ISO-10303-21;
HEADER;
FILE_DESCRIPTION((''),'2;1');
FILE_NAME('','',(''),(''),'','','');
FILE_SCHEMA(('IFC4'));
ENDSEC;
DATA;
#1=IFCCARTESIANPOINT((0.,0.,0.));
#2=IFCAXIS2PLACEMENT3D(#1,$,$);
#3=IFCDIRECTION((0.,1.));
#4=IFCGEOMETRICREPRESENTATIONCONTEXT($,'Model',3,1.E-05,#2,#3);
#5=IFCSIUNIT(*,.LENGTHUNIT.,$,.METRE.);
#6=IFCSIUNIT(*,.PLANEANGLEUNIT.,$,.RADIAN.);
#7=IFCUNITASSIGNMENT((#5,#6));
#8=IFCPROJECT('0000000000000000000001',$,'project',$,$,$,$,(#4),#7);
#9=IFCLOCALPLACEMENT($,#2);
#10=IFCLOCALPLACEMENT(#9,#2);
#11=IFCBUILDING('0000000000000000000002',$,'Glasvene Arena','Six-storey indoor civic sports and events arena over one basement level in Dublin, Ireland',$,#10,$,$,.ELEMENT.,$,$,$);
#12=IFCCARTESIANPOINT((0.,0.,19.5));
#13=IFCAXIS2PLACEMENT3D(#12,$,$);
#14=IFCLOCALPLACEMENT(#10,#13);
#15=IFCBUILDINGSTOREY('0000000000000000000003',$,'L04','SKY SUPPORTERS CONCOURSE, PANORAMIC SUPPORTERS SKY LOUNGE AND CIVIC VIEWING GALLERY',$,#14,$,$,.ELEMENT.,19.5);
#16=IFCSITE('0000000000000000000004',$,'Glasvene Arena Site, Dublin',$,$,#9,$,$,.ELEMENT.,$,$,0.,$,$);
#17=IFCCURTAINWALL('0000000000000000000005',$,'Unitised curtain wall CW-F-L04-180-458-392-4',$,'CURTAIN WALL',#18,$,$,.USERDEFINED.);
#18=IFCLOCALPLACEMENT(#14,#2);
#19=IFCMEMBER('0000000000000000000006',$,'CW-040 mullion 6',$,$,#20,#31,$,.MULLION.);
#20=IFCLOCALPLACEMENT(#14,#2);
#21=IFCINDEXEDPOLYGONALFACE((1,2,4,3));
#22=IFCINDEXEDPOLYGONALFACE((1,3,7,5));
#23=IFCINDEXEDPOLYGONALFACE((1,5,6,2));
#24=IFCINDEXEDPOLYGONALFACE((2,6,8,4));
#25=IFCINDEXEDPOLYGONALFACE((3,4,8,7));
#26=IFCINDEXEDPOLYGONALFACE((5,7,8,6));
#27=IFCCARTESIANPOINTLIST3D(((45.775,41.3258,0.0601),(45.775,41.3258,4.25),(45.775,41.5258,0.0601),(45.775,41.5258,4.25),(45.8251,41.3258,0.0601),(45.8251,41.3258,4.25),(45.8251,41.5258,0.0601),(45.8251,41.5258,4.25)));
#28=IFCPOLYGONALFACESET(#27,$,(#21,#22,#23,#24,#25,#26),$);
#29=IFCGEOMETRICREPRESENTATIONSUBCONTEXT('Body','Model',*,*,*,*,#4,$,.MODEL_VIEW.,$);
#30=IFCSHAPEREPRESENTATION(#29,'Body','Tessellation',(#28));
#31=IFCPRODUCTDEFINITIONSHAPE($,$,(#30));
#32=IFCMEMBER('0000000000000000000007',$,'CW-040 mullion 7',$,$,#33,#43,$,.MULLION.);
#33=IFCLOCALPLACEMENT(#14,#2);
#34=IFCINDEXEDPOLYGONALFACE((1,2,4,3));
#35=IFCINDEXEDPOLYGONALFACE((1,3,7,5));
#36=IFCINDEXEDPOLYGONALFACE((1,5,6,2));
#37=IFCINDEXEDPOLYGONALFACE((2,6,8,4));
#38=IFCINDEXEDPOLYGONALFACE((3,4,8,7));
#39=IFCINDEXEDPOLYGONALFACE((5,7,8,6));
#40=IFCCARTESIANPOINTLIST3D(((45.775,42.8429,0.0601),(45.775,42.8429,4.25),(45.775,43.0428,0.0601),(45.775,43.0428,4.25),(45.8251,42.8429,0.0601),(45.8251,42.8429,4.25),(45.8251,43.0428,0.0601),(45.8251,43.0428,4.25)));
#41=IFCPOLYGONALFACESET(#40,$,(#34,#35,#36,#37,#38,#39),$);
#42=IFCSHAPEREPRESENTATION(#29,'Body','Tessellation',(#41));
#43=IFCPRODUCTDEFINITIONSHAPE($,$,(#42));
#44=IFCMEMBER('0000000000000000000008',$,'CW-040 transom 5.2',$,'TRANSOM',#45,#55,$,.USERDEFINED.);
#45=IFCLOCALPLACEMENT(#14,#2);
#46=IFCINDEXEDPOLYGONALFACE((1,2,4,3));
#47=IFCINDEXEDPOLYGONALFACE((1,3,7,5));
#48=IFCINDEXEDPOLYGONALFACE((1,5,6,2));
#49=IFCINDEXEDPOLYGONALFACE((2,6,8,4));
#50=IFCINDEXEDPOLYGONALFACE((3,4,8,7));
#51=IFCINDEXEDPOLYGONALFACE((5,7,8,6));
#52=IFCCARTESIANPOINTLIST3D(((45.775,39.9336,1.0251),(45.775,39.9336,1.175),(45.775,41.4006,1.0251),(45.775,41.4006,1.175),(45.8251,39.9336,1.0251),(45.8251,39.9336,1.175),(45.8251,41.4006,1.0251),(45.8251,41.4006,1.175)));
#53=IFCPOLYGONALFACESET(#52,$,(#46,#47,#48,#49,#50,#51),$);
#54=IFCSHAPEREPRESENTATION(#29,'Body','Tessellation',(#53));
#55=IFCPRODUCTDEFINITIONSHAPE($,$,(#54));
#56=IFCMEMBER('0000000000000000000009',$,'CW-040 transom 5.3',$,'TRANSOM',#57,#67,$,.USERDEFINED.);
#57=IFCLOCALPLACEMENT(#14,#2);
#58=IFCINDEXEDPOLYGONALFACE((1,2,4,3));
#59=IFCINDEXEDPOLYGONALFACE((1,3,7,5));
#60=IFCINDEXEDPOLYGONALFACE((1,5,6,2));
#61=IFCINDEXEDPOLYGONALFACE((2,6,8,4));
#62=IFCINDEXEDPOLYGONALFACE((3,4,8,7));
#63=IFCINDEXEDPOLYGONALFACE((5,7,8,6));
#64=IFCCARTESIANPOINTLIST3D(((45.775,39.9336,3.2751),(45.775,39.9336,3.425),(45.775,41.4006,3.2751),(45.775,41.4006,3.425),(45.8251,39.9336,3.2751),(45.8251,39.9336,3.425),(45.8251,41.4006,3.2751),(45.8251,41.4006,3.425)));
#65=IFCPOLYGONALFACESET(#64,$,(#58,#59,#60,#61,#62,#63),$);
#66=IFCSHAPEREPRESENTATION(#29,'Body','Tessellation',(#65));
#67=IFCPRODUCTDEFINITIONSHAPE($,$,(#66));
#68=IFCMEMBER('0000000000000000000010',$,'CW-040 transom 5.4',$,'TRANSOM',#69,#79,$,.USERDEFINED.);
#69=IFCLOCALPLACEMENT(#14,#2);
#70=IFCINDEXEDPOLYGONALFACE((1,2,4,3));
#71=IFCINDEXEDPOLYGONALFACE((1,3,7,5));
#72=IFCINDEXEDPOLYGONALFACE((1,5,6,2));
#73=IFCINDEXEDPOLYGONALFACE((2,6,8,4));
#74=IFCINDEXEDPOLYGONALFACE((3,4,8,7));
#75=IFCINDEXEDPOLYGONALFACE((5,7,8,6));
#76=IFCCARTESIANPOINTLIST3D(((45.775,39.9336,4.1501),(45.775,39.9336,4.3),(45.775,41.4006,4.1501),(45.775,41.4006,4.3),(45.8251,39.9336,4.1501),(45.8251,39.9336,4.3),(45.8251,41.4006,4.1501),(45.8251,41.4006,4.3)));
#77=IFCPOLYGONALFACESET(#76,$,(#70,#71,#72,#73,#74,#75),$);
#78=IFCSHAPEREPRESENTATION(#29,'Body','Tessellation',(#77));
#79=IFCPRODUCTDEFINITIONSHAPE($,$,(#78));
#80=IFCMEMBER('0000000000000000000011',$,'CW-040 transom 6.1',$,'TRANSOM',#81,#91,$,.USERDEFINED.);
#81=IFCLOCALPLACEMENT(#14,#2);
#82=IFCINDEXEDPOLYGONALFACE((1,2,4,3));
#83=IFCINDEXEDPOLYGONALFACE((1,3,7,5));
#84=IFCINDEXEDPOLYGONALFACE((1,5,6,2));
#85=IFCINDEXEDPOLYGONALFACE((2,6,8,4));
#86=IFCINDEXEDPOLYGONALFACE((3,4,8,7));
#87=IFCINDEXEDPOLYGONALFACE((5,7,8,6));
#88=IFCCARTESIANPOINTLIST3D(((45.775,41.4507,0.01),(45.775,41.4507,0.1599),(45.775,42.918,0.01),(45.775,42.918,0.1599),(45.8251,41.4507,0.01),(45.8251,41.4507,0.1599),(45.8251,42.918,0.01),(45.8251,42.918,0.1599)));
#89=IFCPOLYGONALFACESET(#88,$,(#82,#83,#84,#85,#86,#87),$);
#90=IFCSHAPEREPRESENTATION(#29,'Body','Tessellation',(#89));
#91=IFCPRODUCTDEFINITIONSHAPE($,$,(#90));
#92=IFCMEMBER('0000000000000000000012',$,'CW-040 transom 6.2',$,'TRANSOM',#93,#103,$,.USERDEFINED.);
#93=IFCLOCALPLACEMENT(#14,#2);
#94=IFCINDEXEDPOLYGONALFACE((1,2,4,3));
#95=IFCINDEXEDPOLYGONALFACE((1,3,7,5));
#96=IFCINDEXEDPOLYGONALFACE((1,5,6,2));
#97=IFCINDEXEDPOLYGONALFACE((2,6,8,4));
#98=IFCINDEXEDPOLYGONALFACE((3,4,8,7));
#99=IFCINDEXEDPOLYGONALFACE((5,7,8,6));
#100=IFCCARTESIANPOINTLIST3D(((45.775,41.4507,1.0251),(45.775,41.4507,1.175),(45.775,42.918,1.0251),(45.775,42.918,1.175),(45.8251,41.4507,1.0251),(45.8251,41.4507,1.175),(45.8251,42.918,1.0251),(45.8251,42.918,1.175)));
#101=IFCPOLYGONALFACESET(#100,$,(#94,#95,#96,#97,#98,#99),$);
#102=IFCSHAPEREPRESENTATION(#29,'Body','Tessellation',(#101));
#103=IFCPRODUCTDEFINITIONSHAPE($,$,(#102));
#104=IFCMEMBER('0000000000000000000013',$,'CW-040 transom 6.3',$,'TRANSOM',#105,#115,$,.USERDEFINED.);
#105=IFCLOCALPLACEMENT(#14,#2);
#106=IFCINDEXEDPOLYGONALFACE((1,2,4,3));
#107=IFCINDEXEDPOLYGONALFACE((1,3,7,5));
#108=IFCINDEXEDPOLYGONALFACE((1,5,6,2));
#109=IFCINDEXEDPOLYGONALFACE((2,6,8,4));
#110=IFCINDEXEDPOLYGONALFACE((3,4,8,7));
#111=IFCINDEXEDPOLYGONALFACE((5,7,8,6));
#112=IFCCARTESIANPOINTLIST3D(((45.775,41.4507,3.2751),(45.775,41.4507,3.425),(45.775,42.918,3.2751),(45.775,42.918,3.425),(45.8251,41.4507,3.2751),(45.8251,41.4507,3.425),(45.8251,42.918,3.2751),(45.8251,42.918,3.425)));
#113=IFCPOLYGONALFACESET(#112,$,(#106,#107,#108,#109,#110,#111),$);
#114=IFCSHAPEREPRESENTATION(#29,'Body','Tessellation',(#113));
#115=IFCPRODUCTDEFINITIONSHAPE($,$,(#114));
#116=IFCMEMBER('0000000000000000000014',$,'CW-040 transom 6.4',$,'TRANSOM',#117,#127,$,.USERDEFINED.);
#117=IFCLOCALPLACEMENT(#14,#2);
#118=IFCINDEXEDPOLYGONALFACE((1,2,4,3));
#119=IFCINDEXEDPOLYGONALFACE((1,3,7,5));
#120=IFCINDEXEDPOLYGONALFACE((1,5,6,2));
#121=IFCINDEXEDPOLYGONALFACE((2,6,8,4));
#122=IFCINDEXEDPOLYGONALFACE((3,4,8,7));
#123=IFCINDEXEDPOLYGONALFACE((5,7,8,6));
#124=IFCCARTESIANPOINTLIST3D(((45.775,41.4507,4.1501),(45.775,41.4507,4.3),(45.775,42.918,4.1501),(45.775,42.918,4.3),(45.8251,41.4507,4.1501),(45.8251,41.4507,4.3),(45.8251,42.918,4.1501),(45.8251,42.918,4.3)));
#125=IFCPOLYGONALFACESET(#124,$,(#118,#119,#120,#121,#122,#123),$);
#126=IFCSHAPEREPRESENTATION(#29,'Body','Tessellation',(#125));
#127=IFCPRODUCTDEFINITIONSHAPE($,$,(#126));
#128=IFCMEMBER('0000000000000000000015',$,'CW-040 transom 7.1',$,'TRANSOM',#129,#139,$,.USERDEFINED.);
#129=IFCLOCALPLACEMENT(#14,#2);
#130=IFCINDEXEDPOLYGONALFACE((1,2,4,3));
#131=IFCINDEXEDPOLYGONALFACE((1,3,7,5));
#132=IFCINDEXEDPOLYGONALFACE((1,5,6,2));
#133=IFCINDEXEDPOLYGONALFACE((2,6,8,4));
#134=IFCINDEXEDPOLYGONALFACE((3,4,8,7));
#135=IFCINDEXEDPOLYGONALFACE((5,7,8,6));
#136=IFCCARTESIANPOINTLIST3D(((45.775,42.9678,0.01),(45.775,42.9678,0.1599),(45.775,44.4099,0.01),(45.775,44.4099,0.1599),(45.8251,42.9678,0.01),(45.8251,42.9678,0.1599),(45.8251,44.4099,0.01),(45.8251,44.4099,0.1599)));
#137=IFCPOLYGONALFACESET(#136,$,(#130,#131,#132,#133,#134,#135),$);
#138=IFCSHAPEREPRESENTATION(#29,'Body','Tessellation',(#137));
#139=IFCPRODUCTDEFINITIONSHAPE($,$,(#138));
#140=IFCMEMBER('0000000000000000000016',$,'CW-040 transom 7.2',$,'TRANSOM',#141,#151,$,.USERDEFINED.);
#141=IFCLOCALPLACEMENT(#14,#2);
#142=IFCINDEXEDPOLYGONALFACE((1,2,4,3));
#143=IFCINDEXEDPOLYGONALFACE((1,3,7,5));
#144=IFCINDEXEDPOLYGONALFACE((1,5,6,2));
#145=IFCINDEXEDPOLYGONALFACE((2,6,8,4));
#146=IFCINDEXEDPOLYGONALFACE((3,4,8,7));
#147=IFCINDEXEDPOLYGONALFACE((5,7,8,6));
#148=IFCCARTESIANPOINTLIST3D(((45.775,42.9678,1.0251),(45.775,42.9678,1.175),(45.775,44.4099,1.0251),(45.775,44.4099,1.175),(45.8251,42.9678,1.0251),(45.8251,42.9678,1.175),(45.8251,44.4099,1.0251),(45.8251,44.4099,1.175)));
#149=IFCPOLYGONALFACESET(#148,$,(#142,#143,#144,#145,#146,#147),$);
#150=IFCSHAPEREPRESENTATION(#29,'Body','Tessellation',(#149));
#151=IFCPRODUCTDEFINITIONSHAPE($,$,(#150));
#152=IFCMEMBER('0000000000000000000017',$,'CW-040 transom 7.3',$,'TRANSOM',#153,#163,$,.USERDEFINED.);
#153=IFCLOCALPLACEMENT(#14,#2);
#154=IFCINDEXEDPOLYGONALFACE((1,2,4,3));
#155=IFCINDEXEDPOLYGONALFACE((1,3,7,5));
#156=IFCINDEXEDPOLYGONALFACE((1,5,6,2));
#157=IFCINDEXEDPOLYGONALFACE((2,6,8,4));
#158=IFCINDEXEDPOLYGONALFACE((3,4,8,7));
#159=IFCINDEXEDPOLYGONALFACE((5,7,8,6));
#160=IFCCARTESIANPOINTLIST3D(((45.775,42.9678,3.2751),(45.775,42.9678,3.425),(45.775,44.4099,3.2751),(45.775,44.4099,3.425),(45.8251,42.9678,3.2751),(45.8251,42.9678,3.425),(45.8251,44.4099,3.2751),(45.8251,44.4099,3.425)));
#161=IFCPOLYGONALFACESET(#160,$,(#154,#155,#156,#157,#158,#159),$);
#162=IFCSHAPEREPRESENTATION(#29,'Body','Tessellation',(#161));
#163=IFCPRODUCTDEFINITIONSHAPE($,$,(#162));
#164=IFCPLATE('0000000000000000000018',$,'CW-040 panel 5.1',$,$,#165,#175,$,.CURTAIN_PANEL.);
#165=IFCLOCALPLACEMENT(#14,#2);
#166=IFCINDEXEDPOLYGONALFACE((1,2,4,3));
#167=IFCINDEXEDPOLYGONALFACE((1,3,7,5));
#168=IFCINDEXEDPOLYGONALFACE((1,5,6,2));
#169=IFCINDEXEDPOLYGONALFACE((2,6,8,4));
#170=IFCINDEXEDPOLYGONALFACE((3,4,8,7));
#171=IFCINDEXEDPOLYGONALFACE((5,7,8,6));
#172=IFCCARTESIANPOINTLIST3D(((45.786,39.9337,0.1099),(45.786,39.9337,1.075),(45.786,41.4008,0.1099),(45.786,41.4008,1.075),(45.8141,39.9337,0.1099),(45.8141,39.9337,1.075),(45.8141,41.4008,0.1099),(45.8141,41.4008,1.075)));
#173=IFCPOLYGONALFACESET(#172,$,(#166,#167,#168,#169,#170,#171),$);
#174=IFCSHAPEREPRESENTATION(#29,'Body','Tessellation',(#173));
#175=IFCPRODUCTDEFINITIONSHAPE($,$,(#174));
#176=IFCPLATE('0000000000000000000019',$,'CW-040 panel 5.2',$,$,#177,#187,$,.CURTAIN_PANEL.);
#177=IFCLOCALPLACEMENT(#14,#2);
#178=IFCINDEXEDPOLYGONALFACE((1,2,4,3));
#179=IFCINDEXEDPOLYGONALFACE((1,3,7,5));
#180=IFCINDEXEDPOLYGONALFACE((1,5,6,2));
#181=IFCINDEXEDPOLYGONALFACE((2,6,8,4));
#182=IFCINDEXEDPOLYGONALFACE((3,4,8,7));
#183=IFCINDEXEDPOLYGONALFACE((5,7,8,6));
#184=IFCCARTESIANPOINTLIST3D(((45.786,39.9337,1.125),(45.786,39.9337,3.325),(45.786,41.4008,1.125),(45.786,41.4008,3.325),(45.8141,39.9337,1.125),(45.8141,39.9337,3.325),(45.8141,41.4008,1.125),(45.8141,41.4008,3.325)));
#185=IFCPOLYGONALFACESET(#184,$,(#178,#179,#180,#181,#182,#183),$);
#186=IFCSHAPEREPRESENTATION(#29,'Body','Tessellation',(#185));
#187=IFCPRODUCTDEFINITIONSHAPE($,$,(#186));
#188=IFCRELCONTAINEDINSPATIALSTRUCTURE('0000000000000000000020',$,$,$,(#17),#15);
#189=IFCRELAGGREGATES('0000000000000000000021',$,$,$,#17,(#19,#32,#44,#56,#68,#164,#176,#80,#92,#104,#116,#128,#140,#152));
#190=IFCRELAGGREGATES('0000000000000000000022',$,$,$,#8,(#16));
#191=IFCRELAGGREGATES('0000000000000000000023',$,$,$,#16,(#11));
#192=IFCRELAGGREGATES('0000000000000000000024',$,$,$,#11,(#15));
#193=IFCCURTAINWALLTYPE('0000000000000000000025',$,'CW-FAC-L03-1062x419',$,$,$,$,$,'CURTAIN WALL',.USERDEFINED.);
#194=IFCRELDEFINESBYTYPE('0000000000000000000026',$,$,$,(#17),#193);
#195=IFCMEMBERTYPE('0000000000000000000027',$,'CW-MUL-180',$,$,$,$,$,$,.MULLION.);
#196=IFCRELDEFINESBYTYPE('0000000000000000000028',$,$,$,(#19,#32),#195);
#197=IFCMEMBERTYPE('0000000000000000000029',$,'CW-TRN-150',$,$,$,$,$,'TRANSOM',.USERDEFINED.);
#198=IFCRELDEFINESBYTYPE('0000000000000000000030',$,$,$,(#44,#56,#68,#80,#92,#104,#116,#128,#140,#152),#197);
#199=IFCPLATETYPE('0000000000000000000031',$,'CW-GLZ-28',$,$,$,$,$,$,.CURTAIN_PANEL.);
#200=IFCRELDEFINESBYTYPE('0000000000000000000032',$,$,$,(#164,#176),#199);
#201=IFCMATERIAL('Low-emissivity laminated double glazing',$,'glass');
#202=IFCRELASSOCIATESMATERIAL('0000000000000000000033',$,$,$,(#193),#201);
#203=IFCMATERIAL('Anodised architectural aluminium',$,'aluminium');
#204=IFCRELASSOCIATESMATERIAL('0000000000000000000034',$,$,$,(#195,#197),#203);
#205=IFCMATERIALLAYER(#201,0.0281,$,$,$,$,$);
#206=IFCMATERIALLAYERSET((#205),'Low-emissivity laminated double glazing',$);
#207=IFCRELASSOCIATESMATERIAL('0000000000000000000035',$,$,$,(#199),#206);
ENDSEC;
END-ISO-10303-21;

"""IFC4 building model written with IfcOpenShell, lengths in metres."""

from ifc_helpers import new_model, si_unit, direction, frame, origin, origin_2d, place, context, subcontext, project, spatial, rectangle, extrude, material, layer, layer_set, material_profile, profile_set, type_object, element, aggregate, save


model = new_model("IFC4")

# Units and contexts
model_context = context("Model", 3, precision=1e-05, world=origin(), true_north=direction((0.0, 1.0)))
body_context = subcontext(model_context, "Body", "Model", "MODEL_VIEW")
ifc_project = project(units=[si_unit("LENGTHUNIT", "METRE"), si_unit("PLANEANGLEUNIT", "RADIAN")], contexts=[model_context])

# Site, building, storey
site_placement = place(None, origin())
site = spatial("IfcSite", under=ifc_project, at=site_placement, Name="Glasvene Arena Site, Dublin", CompositionType="ELEMENT", RefElevation=0.0)
building_placement = place(site_placement, origin())
building = spatial("IfcBuilding", under=site, at=building_placement, Name="Glasvene Arena", Description="Six-storey indoor civic sports and events arena over one basement level in Dublin, Ireland", CompositionType="ELEMENT")
storey_placement = place(building_placement, frame((0.0, 0.0, 19.5)))
storey = spatial("IfcBuildingStorey", under=building, at=storey_placement, Name="L04", Description="SKY SUPPORTERS CONCOURSE, PANORAMIC SUPPORTERS SKY LOUNGE AND CIVIC VIEWING GALLERY", CompositionType="ELEMENT", Elevation=19.5)

# Curtain wall, members, plates
ifc_material_1 = material(Name="Low-emissivity laminated double glazing", Category="glass")
curtain_wall_type = type_object("IfcCurtainWallType", Name="CW-FAC-L03-1062x419", ElementType="CURTAIN WALL", PredefinedType="USERDEFINED", material=ifc_material_1)
curtain_wall_placement = place(storey_placement, frame((45.8, 33.8401, 0.0)))
curtain_wall = element("IfcCurtainWall", 1, at=curtain_wall_placement, inside=storey, type_object=curtain_wall_type, Name="Unitised curtain wall CW-F-L04-180-458-392-4", ObjectType="CURTAIN WALL", PredefinedType="USERDEFINED")
ifc_material_2 = material(Name="Anodised architectural aluminium", Category="aluminium")
ifc_material_profile_1 = material_profile(ifc_material_2, rectangle(XDim=0.05, YDim=0.2, at=origin_2d()), Name="ALU MULLION 50x200")
ifc_profile_set_1 = profile_set([ifc_material_profile_1], Name="Anodised architectural aluminium")
member_type_1 = type_object("IfcMemberType", Name="CW-MUL-180", PredefinedType="MULLION", material=ifc_profile_set_1)
member_1_placement = place(storey_placement, frame((45.8, 41.4258, 0.0601), z_axis=(0.0, 0.0, 1.0), x_axis=(-1.0, 0.0, 0.0)))
member_1 = element("IfcMember", 2, at=member_1_placement, type_object=member_type_1, Name="CW-040 mullion 6", PredefinedType="MULLION", context=body_context, shape_type="SweptSolid", body=[
    extrude(rectangle(XDim=0.05, YDim=0.2, at=origin_2d()), origin(), (0.0, 0.0, 1.0), 4.1899),
])
member_2_placement = place(storey_placement, frame((45.8, 42.9429, 0.0601), z_axis=(0.0, 0.0, 1.0), x_axis=(-1.0, 0.0, 0.0)))
member_2 = element("IfcMember", 3, at=member_2_placement, type_object=member_type_1, Name="CW-040 mullion 7", PredefinedType="MULLION", context=body_context, shape_type="SweptSolid", body=[
    extrude(rectangle(XDim=0.05, YDim=0.2, at=origin_2d()), origin(), (0.0, 0.0, 1.0), 4.1899),
])
ifc_material_profile_2 = material_profile(ifc_material_2, rectangle(XDim=0.05, YDim=0.1499, at=origin_2d()), Name="ALU TRANSOM 50x150")
ifc_profile_set_2 = profile_set([ifc_material_profile_2], Name="Anodised architectural aluminium")
member_type_2 = type_object("IfcMemberType", Name="CW-TRN-150", ElementType="TRANSOM", PredefinedType="USERDEFINED", material=ifc_profile_set_2)
member_3_placement = place(storey_placement, frame((45.8, 39.9336, 1.1001), z_axis=(0.0, 1.0, 0.0), x_axis=(-1.0, 0.0, 0.0)))
member_3 = element("IfcMember", 4, at=member_3_placement, type_object=member_type_2, Name="CW-040 transom 5.2", ObjectType="TRANSOM", PredefinedType="USERDEFINED", context=body_context, shape_type="SweptSolid", body=[
    extrude(rectangle(XDim=0.05, YDim=0.1499, at=origin_2d()), origin(), (0.0, 0.0, 1.0), 1.467),
])
member_4_placement = place(storey_placement, frame((45.8, 39.9336, 3.3501), z_axis=(0.0, 1.0, 0.0), x_axis=(-1.0, 0.0, 0.0)))
member_4 = element("IfcMember", 5, at=member_4_placement, type_object=member_type_2, Name="CW-040 transom 5.3", ObjectType="TRANSOM", PredefinedType="USERDEFINED", context=body_context, shape_type="SweptSolid", body=[
    extrude(rectangle(XDim=0.05, YDim=0.1499, at=origin_2d()), origin(), (0.0, 0.0, 1.0), 1.467),
])
member_5_placement = place(storey_placement, frame((45.8, 39.9336, 4.2251), z_axis=(0.0, 1.0, 0.0), x_axis=(-1.0, 0.0, 0.0)))
member_5 = element("IfcMember", 6, at=member_5_placement, type_object=member_type_2, Name="CW-040 transom 5.4", ObjectType="TRANSOM", PredefinedType="USERDEFINED", context=body_context, shape_type="SweptSolid", body=[
    extrude(rectangle(XDim=0.05, YDim=0.1499, at=origin_2d()), origin(), (0.0, 0.0, 1.0), 1.467),
])
member_6_placement = place(storey_placement, frame((45.8, 41.4507, 0.085), z_axis=(0.0, 1.0, 0.0), x_axis=(-1.0, 0.0, 0.0)))
member_6 = element("IfcMember", 7, at=member_6_placement, type_object=member_type_2, Name="CW-040 transom 6.1", ObjectType="TRANSOM", PredefinedType="USERDEFINED", context=body_context, shape_type="SweptSolid", body=[
    extrude(rectangle(XDim=0.05, YDim=0.1499, at=origin_2d()), origin(), (0.0, 0.0, 1.0), 1.4673),
])
member_7_placement = place(storey_placement, frame((45.8, 41.4507, 1.1001), z_axis=(0.0, 1.0, 0.0), x_axis=(-1.0, 0.0, 0.0)))
member_7 = element("IfcMember", 8, at=member_7_placement, type_object=member_type_2, Name="CW-040 transom 6.2", ObjectType="TRANSOM", PredefinedType="USERDEFINED", context=body_context, shape_type="SweptSolid", body=[
    extrude(rectangle(XDim=0.05, YDim=0.1499, at=origin_2d()), origin(), (0.0, 0.0, 1.0), 1.4673),
])
member_8_placement = place(storey_placement, frame((45.8, 41.4507, 3.3501), z_axis=(0.0, 1.0, 0.0), x_axis=(-1.0, 0.0, 0.0)))
member_8 = element("IfcMember", 9, at=member_8_placement, type_object=member_type_2, Name="CW-040 transom 6.3", ObjectType="TRANSOM", PredefinedType="USERDEFINED", context=body_context, shape_type="SweptSolid", body=[
    extrude(rectangle(XDim=0.05, YDim=0.1499, at=origin_2d()), origin(), (0.0, 0.0, 1.0), 1.4673),
])
member_9_placement = place(storey_placement, frame((45.8, 41.4507, 4.2251), z_axis=(0.0, 1.0, 0.0), x_axis=(-1.0, 0.0, 0.0)))
member_9 = element("IfcMember", 10, at=member_9_placement, type_object=member_type_2, Name="CW-040 transom 6.4", ObjectType="TRANSOM", PredefinedType="USERDEFINED", context=body_context, shape_type="SweptSolid", body=[
    extrude(rectangle(XDim=0.05, YDim=0.1499, at=origin_2d()), origin(), (0.0, 0.0, 1.0), 1.4673),
])
member_10_placement = place(storey_placement, frame((45.8, 42.9678, 0.085), z_axis=(0.0, 1.0, 0.0), x_axis=(-1.0, 0.0, 0.0)))
member_10 = element("IfcMember", 11, at=member_10_placement, type_object=member_type_2, Name="CW-040 transom 7.1", ObjectType="TRANSOM", PredefinedType="USERDEFINED", context=body_context, shape_type="SweptSolid", body=[
    extrude(rectangle(XDim=0.05, YDim=0.1499, at=origin_2d()), origin(), (0.0, 0.0, 1.0), 1.4421),
])
member_11_placement = place(storey_placement, frame((45.8, 42.9678, 1.1001), z_axis=(0.0, 1.0, 0.0), x_axis=(-1.0, 0.0, 0.0)))
member_11 = element("IfcMember", 12, at=member_11_placement, type_object=member_type_2, Name="CW-040 transom 7.2", ObjectType="TRANSOM", PredefinedType="USERDEFINED", context=body_context, shape_type="SweptSolid", body=[
    extrude(rectangle(XDim=0.05, YDim=0.1499, at=origin_2d()), origin(), (0.0, 0.0, 1.0), 1.4421),
])
member_12_placement = place(storey_placement, frame((45.8, 42.9678, 3.3501), z_axis=(0.0, 1.0, 0.0), x_axis=(-1.0, 0.0, 0.0)))
member_12 = element("IfcMember", 13, at=member_12_placement, type_object=member_type_2, Name="CW-040 transom 7.3", ObjectType="TRANSOM", PredefinedType="USERDEFINED", context=body_context, shape_type="SweptSolid", body=[
    extrude(rectangle(XDim=0.05, YDim=0.1499, at=origin_2d()), origin(), (0.0, 0.0, 1.0), 1.4421),
])
ifc_layer = layer(ifc_material_1, 0.0281)
ifc_layer_set = layer_set([ifc_layer], Name="Low-emissivity laminated double glazing")
plate_type = type_object("IfcPlateType", Name="CW-GLZ-28", PredefinedType="CURTAIN_PANEL", material=ifc_layer_set)
plate_1_placement = place(storey_placement, frame((45.8, 40.6672, 0.1099), z_axis=(0.0, 0.0, 1.0), x_axis=(0.0, 1.0, 0.0)))
plate_1 = element("IfcPlate", 14, at=plate_1_placement, type_object=plate_type, Name="CW-040 panel 5.1", PredefinedType="CURTAIN_PANEL", context=body_context, shape_type="SweptSolid", body=[
    extrude(rectangle(XDim=1.467, YDim=0.0281, at=origin_2d()), origin(), (0.0, 0.0, 1.0), 0.9651),
])
plate_2_placement = place(storey_placement, frame((45.8, 40.6672, 1.125), z_axis=(0.0, 0.0, 1.0), x_axis=(0.0, 1.0, 0.0)))
plate_2 = element("IfcPlate", 15, at=plate_2_placement, type_object=plate_type, Name="CW-040 panel 5.2", PredefinedType="CURTAIN_PANEL", context=body_context, shape_type="SweptSolid", body=[
    extrude(rectangle(XDim=1.467, YDim=0.0281, at=origin_2d()), origin(), (0.0, 0.0, 1.0), 2.2),
])
aggregate(curtain_wall, [member_1, member_2, member_3, member_4, member_5, plate_1, plate_2, member_6, member_7, member_8, member_9, member_10, member_11, member_12])

save(model, "model.ifc")
